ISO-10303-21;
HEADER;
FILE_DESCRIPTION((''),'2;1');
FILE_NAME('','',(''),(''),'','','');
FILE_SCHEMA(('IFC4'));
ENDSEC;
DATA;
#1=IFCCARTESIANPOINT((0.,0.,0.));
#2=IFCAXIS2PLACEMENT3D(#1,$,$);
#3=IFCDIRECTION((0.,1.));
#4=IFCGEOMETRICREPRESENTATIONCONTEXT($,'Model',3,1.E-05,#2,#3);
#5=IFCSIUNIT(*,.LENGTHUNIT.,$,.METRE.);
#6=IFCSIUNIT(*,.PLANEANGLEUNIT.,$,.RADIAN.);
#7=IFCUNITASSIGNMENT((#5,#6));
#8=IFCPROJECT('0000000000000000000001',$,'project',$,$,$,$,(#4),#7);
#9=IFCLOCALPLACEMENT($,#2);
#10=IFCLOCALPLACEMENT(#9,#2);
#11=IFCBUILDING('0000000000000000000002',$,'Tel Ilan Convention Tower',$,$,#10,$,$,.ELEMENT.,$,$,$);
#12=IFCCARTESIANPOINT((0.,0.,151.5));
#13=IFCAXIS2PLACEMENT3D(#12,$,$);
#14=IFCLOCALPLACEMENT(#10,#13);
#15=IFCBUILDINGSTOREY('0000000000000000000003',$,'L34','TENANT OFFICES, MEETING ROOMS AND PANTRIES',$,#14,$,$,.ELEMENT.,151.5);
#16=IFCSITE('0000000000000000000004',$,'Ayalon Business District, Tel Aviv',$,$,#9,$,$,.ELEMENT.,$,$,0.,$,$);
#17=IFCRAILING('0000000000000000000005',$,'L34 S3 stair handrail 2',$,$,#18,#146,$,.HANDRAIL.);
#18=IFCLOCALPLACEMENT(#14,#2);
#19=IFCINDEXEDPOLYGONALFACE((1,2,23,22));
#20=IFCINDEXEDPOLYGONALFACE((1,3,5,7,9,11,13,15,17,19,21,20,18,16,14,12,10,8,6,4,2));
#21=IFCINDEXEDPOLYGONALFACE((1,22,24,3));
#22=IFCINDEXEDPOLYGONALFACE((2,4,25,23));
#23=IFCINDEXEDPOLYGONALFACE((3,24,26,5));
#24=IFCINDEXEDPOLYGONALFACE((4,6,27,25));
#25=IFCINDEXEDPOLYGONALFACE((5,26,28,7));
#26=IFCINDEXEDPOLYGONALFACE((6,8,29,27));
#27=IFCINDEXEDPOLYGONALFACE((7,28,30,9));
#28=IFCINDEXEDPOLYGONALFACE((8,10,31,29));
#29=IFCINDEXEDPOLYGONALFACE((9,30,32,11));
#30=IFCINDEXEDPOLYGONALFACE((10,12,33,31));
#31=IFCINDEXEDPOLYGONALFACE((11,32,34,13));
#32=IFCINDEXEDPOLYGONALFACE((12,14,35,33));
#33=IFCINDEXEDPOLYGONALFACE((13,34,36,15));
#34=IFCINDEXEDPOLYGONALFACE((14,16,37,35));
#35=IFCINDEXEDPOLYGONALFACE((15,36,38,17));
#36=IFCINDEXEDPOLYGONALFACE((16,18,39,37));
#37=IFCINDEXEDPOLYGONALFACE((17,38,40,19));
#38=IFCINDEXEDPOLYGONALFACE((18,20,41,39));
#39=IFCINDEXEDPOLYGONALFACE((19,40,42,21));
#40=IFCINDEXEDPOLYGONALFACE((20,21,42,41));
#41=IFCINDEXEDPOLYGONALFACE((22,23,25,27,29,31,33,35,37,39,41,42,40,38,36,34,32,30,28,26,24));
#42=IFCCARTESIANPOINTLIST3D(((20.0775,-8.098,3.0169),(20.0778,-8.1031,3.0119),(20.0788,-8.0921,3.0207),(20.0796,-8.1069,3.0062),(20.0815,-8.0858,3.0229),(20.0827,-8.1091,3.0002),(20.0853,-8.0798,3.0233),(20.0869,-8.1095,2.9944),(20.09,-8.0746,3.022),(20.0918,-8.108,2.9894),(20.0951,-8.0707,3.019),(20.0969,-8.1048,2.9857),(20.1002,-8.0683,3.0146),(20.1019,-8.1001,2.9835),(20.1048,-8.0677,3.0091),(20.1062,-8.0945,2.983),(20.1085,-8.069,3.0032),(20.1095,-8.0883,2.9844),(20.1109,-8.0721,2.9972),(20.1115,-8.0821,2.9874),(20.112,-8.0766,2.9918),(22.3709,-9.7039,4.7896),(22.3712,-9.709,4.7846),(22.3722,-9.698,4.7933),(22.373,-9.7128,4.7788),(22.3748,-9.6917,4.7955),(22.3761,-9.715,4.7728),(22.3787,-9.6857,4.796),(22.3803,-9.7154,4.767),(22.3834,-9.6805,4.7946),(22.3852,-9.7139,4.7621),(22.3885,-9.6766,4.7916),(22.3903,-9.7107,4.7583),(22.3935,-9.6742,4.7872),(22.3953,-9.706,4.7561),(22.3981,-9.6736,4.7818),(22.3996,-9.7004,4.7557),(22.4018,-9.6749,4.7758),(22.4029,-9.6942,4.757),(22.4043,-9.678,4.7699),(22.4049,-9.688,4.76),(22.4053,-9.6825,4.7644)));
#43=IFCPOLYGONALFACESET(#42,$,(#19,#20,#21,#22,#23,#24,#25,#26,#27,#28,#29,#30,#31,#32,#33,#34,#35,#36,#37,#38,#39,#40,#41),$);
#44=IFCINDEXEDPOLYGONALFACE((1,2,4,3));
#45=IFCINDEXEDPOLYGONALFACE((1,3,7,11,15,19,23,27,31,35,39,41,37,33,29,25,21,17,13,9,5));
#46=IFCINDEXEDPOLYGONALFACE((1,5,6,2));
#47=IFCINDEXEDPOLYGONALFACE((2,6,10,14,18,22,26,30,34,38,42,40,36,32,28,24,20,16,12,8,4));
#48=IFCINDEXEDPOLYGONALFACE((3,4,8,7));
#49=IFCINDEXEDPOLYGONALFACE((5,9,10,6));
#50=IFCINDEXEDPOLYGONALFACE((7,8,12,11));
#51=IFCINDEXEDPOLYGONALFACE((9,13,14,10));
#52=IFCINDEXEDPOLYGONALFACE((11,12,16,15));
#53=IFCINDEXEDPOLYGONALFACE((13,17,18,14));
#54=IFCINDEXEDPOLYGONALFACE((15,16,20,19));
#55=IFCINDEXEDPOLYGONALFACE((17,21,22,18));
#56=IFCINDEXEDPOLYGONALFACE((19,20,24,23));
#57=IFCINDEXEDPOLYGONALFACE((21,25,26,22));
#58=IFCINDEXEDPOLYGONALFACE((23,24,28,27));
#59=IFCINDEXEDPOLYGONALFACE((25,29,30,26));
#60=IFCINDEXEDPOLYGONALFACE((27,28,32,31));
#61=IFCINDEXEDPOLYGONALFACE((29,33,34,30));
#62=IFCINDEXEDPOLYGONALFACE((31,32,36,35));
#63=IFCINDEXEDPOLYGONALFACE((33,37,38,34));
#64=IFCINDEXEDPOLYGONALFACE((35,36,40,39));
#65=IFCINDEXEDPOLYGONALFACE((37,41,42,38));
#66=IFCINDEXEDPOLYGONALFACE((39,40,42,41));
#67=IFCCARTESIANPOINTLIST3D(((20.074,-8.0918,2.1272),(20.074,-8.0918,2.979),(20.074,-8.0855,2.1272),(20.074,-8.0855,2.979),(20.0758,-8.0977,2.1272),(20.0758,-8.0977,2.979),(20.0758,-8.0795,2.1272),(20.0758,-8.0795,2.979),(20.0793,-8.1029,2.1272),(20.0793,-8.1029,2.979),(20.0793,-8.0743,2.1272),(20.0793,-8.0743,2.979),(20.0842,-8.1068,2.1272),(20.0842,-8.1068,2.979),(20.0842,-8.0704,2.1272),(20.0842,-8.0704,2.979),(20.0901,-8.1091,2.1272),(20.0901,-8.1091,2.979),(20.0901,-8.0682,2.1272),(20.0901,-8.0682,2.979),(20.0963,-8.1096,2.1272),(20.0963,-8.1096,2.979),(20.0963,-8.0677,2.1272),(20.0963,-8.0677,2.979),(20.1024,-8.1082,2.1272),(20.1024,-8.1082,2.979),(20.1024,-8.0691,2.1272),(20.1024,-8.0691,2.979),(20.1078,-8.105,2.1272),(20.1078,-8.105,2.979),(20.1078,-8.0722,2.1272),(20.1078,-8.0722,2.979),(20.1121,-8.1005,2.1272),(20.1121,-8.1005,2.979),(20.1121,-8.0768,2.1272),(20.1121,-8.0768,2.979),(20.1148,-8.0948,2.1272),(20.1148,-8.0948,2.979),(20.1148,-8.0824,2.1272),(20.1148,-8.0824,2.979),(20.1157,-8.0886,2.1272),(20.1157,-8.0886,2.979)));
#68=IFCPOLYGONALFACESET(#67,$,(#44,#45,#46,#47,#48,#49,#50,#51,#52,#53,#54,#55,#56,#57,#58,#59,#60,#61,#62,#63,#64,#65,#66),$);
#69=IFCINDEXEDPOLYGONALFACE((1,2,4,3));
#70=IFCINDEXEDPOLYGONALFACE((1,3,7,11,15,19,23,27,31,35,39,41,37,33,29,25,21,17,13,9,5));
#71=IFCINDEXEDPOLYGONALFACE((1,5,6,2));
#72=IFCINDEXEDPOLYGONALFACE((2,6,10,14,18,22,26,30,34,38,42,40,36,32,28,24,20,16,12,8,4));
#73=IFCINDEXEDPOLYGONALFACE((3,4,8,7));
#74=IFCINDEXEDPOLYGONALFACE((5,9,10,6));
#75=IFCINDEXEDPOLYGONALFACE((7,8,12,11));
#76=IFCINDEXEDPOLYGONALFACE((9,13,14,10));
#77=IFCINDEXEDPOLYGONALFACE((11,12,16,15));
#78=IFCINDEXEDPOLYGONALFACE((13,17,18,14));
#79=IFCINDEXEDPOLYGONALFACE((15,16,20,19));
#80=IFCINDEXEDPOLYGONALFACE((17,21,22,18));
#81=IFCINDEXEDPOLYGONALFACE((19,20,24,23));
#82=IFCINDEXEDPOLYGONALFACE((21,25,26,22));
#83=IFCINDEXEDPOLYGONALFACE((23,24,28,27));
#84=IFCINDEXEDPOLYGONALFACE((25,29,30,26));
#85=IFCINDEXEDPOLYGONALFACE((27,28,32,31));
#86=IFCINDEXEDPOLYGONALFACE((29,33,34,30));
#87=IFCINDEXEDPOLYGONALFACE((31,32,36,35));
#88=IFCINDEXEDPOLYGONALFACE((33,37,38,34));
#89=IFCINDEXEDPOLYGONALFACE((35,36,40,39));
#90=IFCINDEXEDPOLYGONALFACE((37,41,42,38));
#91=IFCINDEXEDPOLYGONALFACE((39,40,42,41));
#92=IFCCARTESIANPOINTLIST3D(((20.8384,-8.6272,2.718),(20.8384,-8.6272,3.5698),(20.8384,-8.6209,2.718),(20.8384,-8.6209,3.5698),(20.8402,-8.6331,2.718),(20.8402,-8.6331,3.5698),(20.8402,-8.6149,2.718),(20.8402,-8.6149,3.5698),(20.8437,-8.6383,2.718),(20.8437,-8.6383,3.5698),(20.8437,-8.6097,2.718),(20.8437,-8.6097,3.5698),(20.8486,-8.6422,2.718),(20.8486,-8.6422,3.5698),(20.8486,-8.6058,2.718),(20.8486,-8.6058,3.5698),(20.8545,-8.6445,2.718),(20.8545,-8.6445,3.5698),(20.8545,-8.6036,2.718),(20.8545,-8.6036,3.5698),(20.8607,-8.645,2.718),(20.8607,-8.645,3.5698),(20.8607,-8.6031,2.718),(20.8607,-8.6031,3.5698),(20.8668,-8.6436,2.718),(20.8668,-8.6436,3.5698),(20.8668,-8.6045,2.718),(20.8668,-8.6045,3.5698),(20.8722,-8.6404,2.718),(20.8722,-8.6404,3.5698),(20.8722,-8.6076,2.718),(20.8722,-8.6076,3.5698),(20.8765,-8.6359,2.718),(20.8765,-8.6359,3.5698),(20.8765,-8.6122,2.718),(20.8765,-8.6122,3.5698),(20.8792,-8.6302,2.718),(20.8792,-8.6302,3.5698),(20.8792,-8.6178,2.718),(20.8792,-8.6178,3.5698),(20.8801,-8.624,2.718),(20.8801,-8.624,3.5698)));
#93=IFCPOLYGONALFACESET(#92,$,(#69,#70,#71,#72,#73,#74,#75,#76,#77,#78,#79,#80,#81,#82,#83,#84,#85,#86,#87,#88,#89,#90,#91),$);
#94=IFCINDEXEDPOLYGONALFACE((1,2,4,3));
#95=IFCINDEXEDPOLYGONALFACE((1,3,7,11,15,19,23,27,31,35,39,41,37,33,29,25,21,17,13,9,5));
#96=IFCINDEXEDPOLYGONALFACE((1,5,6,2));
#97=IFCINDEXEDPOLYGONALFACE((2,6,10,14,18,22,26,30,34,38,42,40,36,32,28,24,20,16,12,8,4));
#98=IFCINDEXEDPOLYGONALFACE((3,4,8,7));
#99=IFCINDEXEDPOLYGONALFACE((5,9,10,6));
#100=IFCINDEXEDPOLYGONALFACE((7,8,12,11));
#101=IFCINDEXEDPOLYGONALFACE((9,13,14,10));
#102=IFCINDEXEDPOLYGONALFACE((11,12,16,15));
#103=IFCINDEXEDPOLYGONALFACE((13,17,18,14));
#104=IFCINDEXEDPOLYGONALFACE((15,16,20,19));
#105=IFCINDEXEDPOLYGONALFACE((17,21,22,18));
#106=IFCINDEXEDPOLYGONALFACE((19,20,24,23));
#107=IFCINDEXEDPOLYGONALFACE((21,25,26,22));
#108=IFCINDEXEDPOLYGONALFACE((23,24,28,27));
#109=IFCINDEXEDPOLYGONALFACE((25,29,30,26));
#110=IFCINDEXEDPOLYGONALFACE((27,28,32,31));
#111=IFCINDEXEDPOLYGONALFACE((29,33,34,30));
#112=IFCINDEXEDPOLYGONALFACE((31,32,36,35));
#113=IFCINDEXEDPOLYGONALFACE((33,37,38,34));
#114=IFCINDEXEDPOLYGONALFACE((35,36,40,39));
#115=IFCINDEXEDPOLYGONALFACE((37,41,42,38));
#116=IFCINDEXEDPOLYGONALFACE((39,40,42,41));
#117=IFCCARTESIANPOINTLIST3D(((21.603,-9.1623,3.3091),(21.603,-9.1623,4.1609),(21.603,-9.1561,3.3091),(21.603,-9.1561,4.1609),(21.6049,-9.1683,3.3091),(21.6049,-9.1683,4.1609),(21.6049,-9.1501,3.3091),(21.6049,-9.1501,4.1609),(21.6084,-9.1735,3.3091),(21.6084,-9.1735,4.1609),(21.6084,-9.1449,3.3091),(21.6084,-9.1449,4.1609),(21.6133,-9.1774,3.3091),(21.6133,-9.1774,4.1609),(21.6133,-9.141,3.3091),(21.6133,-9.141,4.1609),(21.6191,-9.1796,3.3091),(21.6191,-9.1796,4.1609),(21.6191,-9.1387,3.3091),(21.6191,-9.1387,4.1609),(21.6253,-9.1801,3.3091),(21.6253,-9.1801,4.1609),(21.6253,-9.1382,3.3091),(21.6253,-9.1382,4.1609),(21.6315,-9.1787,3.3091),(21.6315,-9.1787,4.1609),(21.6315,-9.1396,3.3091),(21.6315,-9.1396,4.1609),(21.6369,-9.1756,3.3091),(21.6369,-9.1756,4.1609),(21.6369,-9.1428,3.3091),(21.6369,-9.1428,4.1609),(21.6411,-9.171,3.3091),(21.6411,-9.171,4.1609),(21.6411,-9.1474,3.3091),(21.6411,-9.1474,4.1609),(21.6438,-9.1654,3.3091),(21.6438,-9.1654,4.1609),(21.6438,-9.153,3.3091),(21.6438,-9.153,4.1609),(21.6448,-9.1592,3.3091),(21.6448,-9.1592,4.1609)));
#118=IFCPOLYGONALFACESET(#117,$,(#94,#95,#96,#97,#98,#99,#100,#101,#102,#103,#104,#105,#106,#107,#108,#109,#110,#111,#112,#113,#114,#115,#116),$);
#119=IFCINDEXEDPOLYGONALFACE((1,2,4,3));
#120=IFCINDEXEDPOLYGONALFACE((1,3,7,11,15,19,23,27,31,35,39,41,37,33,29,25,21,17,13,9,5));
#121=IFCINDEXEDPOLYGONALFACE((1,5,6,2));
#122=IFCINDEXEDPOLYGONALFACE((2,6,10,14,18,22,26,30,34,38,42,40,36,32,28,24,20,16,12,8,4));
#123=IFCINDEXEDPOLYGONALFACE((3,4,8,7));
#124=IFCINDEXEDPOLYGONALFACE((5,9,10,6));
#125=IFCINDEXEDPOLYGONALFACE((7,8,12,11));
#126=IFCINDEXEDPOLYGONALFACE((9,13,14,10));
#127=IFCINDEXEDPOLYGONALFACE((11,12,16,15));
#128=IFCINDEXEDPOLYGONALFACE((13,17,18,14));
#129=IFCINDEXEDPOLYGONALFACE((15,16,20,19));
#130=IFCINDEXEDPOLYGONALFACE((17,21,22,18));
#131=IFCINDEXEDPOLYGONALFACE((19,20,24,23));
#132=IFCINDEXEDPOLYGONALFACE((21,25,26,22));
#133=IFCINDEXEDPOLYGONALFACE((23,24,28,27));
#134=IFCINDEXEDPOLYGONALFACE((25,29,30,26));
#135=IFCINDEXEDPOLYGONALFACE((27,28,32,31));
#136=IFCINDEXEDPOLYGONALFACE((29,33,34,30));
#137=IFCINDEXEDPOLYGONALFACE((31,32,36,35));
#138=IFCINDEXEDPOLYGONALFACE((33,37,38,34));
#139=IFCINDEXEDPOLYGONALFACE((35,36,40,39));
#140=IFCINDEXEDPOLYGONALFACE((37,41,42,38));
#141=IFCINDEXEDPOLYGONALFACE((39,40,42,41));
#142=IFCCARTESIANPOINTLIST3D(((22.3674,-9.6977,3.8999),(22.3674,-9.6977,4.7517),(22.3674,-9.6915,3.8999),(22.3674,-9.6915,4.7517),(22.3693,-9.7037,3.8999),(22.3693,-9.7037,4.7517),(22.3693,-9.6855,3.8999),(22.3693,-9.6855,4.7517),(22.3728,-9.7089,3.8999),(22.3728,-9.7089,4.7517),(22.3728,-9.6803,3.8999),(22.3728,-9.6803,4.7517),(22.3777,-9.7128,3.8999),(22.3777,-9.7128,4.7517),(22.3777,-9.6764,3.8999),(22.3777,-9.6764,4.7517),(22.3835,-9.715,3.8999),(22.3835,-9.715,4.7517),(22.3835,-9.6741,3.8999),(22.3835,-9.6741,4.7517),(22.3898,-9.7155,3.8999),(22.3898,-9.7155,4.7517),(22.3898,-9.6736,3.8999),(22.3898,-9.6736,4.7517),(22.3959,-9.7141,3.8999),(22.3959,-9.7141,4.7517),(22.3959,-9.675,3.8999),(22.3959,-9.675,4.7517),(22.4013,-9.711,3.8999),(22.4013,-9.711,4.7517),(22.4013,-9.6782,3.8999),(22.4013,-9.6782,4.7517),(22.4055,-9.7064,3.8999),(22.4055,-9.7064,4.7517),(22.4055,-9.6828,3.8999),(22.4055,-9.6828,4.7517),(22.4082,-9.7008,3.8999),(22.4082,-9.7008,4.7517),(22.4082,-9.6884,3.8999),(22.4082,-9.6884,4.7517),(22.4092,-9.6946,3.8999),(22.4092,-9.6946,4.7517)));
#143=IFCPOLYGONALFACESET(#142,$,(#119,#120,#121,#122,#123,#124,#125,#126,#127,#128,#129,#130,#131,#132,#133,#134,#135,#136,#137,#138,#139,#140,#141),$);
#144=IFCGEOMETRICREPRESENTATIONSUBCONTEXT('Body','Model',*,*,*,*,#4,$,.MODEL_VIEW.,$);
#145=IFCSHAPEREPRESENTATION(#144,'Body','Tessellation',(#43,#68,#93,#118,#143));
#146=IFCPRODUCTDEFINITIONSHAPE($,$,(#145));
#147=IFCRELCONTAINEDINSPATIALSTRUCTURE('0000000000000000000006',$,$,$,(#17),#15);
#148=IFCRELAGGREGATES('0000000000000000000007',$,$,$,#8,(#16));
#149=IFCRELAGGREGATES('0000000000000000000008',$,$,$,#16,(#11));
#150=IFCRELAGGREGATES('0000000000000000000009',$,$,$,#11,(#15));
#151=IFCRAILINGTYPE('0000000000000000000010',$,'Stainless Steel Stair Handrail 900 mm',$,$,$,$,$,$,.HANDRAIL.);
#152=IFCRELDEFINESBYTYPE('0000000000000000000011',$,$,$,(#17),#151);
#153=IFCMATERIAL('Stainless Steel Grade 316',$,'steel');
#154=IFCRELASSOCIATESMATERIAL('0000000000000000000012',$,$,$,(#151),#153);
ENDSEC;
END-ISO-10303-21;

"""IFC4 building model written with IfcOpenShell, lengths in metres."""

from ifc_helpers import new_model, si_unit, direction, frame, origin, origin_2d, place, context, subcontext, project, spatial, circle, extrude, material, type_object, element, save


model = new_model("IFC4")

# Units and contexts
model_context = context("Model", 3, precision=1e-05, world=origin(), true_north=direction((0.0, 1.0)))
body_context = subcontext(model_context, "Body", "Model", "MODEL_VIEW")
ifc_project = project(units=[si_unit("LENGTHUNIT", "METRE"), si_unit("PLANEANGLEUNIT", "RADIAN")], contexts=[model_context])

# Site, building, storey
site_placement = place(None, origin())
site = spatial("IfcSite", under=ifc_project, at=site_placement, Name="Ayalon Business District, Tel Aviv", CompositionType="ELEMENT", RefElevation=0.0)
building_placement = place(site_placement, origin())
building = spatial("IfcBuilding", under=site, at=building_placement, Name="Tel Ilan Convention Tower", CompositionType="ELEMENT")
storey_placement = place(building_placement, frame((0.0, 0.0, 151.5)))
storey = spatial("IfcBuildingStorey", under=building, at=storey_placement, Name="L34", Description="TENANT OFFICES, MEETING ROOMS AND PANTRIES", CompositionType="ELEMENT", Elevation=151.5)

# Railing
ifc_material_1 = material(Name="Stainless Steel Grade 316", Category="steel")
railing_type_1 = type_object("IfcRailingType", Name="Stainless Steel Stair Handrail 900 mm", PredefinedType="HANDRAIL", material=ifc_material_1)
railing_1_placement = place(storey_placement, frame((20.0947, -8.0886, 2.1272)))
element("IfcRailing", 1, at=railing_1_placement, inside=storey, type_object=railing_type_1, Name="L34 S3 stair handrail 2", PredefinedType="HANDRAIL", context=body_context, shape_type="SweptSolid", body=[
    extrude(circle(Radius=0.0239, at=origin_2d()), frame((0.0, 0.0, 0.876), z_axis=(0.692085, -0.484621, 0.53494), x_axis=(0.573591, 0.819142, 0.0)), (0.0, 0.0, 1.0), 3.3137),
    extrude(circle(Radius=0.021, at=origin_2d()), origin(), (0.0, 0.0, 1.0), 0.8518),
    extrude(circle(Radius=0.021, at=origin_2d()), frame((0.7644, -0.5354, 0.5908)), (0.0, 0.0, 1.0), 0.8518),
    extrude(circle(Radius=0.021, at=origin_2d()), frame((1.5291, -1.0706, 1.1819)), (0.0, 0.0, 1.0), 0.8518),
    extrude(circle(Radius=0.021, at=origin_2d()), frame((2.2935, -1.606, 1.7727)), (0.0, 0.0, 1.0), 0.8518),
])

save(model, "model.ifc")
